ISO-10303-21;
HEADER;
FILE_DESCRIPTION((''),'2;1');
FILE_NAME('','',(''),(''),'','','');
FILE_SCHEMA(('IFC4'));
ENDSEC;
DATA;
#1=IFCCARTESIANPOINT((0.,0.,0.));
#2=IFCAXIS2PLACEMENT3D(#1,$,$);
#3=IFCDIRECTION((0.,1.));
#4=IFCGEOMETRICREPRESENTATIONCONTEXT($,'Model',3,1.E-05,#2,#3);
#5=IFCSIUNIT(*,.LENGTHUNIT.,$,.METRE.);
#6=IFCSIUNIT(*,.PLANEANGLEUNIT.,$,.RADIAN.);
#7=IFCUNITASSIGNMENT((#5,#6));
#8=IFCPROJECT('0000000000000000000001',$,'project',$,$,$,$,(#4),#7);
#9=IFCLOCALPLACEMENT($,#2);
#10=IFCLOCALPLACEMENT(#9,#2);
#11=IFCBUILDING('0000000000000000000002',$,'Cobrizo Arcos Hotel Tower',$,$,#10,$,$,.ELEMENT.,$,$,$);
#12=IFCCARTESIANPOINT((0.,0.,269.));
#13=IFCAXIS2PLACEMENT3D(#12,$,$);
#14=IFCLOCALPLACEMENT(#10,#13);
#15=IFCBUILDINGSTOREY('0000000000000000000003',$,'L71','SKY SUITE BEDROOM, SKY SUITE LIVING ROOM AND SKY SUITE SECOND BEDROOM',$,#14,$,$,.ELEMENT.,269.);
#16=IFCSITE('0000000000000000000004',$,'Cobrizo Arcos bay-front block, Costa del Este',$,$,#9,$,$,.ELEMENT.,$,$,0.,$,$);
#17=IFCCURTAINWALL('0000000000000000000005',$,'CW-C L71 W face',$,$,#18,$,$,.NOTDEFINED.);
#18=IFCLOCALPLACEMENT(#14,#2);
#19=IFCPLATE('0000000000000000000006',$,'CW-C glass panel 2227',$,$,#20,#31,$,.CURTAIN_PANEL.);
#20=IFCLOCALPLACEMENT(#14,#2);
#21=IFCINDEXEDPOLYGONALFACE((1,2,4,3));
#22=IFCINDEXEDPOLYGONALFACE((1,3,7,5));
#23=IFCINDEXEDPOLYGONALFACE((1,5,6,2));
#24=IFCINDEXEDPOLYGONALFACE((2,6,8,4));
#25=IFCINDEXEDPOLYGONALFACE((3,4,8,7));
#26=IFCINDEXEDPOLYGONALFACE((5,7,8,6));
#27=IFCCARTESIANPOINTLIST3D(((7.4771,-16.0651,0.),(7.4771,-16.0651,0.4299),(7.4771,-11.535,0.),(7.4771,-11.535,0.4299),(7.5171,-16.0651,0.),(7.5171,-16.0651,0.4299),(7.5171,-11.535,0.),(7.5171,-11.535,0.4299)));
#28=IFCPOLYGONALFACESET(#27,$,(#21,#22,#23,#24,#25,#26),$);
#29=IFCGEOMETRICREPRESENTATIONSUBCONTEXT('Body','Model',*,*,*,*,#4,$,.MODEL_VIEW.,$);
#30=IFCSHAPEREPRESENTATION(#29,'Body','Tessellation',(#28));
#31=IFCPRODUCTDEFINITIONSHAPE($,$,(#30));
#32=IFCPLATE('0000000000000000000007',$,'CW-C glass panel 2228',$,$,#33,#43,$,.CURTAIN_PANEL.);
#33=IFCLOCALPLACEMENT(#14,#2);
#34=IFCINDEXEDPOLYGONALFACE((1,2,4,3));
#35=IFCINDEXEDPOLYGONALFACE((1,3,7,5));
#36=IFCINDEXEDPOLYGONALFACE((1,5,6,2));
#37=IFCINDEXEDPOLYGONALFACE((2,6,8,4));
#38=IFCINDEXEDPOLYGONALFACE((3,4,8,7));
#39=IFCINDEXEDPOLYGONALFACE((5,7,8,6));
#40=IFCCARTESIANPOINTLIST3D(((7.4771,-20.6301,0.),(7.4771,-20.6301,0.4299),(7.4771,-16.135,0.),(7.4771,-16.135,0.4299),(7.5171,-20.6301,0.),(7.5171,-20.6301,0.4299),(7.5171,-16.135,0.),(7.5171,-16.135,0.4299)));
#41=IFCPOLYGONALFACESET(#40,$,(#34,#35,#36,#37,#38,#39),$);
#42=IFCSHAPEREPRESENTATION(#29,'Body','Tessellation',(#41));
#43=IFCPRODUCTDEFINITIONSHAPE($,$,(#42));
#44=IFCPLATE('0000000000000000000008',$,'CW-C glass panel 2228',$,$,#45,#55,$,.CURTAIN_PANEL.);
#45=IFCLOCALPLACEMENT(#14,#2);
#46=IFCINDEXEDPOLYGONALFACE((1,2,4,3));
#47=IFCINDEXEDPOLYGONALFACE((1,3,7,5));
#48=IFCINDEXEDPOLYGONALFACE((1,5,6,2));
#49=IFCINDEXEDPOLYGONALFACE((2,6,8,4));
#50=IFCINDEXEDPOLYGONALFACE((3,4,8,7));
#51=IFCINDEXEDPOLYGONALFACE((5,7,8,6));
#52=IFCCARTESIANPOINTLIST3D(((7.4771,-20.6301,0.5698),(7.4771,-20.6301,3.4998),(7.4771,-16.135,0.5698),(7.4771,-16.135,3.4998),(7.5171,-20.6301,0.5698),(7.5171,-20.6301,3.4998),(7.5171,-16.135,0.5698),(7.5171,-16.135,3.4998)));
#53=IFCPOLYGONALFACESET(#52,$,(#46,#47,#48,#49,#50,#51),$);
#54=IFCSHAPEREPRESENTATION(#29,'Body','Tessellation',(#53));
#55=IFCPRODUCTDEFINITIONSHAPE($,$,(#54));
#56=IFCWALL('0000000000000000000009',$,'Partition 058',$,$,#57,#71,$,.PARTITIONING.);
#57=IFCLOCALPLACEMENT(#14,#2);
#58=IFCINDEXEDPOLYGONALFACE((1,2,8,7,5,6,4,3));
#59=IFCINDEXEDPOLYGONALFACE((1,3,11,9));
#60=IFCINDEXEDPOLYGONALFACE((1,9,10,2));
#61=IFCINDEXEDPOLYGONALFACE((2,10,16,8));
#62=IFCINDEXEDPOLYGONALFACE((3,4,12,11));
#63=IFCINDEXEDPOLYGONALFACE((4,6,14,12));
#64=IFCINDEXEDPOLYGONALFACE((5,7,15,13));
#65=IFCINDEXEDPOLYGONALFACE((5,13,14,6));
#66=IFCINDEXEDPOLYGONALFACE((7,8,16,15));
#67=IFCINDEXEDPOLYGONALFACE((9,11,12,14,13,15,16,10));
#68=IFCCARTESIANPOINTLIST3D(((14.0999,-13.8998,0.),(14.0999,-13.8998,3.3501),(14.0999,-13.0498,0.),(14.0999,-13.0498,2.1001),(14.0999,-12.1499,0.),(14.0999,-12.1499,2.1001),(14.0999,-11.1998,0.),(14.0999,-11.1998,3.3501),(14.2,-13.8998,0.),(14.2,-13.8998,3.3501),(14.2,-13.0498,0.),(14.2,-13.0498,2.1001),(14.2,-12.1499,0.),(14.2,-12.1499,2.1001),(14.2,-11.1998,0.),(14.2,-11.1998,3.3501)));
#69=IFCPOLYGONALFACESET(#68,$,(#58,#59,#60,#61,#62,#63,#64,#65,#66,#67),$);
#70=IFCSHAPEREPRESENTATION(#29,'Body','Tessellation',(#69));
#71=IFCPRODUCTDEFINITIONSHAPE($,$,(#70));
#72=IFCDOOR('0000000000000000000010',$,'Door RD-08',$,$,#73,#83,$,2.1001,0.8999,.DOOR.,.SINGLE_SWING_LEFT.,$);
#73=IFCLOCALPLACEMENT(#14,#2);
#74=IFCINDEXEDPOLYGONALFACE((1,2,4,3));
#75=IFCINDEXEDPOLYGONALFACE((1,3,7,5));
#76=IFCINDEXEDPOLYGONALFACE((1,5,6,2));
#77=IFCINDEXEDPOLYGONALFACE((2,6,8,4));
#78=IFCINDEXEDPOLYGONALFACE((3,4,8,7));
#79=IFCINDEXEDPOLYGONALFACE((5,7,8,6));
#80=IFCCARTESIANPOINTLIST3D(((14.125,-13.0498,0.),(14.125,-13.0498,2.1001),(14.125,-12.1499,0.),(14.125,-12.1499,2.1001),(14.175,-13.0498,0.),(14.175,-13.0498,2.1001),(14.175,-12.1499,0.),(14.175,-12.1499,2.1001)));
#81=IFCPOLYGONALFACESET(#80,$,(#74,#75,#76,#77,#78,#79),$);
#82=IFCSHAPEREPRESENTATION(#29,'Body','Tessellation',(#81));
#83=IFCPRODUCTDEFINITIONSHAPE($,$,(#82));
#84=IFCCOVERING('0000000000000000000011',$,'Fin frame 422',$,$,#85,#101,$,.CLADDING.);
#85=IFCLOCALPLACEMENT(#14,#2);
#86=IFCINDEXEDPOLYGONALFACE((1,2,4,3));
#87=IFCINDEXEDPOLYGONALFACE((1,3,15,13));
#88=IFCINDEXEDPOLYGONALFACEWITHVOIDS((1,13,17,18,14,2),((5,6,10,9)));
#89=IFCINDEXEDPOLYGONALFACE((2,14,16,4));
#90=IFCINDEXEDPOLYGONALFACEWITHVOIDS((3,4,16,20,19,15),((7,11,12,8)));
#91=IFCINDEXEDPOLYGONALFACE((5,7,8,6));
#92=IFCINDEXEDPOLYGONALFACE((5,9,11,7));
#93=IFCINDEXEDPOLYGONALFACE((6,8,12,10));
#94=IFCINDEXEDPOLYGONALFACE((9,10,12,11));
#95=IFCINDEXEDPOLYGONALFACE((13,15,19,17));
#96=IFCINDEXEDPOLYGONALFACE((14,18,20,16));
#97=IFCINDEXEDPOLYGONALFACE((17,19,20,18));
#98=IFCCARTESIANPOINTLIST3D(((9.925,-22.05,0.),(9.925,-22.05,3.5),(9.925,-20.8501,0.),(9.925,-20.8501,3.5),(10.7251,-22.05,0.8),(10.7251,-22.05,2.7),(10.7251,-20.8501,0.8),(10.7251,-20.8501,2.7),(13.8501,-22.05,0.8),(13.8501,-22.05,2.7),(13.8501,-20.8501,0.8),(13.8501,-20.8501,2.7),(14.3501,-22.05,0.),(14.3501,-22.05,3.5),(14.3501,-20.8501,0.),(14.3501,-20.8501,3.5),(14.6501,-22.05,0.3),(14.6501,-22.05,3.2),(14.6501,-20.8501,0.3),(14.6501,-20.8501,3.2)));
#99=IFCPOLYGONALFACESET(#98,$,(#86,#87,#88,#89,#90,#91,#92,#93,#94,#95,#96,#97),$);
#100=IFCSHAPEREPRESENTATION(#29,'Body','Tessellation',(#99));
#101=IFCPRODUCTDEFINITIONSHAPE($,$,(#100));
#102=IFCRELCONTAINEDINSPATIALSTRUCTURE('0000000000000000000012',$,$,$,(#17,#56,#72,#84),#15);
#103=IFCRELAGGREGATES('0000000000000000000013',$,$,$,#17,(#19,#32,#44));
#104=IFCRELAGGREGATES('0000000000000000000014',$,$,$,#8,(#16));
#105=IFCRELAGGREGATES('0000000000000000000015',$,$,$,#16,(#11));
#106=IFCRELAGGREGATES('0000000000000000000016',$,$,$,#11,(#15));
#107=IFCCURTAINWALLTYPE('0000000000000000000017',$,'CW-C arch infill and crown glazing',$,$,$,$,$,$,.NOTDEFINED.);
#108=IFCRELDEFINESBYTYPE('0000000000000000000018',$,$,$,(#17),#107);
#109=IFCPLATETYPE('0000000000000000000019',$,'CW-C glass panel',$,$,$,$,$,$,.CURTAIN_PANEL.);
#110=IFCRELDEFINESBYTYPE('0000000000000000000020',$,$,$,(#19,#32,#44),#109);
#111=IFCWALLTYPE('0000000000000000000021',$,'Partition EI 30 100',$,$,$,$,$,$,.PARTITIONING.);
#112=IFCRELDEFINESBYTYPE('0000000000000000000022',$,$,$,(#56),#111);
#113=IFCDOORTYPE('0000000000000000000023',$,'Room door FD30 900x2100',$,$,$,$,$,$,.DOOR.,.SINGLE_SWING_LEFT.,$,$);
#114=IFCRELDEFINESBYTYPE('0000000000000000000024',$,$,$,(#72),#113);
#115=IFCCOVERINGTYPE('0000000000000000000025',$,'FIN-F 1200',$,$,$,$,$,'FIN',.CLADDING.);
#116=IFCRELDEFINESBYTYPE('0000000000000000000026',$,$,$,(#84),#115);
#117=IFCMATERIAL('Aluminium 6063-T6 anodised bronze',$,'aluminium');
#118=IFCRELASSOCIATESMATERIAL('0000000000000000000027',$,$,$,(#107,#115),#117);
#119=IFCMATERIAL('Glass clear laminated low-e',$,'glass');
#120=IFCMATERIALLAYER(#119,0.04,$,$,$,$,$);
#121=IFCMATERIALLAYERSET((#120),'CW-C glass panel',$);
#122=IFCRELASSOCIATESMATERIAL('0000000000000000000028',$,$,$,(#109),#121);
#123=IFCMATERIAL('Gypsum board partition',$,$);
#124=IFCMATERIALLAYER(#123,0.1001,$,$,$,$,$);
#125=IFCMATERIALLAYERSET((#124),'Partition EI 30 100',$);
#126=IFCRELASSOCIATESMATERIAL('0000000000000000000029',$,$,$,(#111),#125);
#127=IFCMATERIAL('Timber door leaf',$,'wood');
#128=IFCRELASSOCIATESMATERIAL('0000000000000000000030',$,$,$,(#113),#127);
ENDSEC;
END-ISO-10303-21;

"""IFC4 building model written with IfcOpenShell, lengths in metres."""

from ifc_helpers import new_model, si_unit, direction, frame, frame_2d, origin, origin_2d, place, context, subcontext, project, spatial, polyline, rectangle, outline, extrude, material, layer, layer_set, type_object, element, fill, aggregate, save


model = new_model("IFC4")

# Units and contexts
model_context = context("Model", 3, precision=1e-05, world=origin(), true_north=direction((0.0, 1.0)))
body_context = subcontext(model_context, "Body", "Model", "MODEL_VIEW")
ifc_project = project(units=[si_unit("LENGTHUNIT", "METRE"), si_unit("PLANEANGLEUNIT", "RADIAN")], contexts=[model_context])

# Site, building, storey
site_placement = place(None, origin())
site = spatial("IfcSite", under=ifc_project, at=site_placement, Name="Cobrizo Arcos bay-front block, Costa del Este", CompositionType="ELEMENT", RefElevation=0.0)
building_placement = place(site_placement, origin())
building = spatial("IfcBuilding", under=site, at=building_placement, Name="Cobrizo Arcos Hotel Tower", CompositionType="ELEMENT")
storey_placement = place(building_placement, frame((0.0, 0.0, 269.0)))
storey = spatial("IfcBuildingStorey", under=building, at=storey_placement, Name="L71", Description="SKY SUITE BEDROOM, SKY SUITE LIVING ROOM AND SKY SUITE SECOND BEDROOM", CompositionType="ELEMENT", Elevation=269.0)

# Curtain wall
ifc_material_1 = material(Name="Aluminium 6063-T6 anodised bronze", Category="aluminium")
curtain_wall_type_1 = type_object("IfcCurtainWallType", Name="CW-C arch infill and crown glazing", PredefinedType="NOTDEFINED", material=ifc_material_1)
curtain_wall_1_placement = place(storey_placement, origin())
curtain_wall_1 = element("IfcCurtainWall", 1, at=curtain_wall_1_placement, inside=storey, type_object=curtain_wall_type_1, Name="CW-C L71 W face", PredefinedType="NOTDEFINED")

# Plates
ifc_material_2 = material(Name="Glass clear laminated low-e", Category="glass")
ifc_layer_1 = layer(ifc_material_2, 0.04)
ifc_layer_set_1 = layer_set([ifc_layer_1], Name="CW-C glass panel")
plate_type_1 = type_object("IfcPlateType", Name="CW-C glass panel", PredefinedType="CURTAIN_PANEL", material=ifc_layer_set_1)
plate_1_placement = place(storey_placement, frame((7.4971, -13.8, 0.0), z_axis=(0.0, 0.0, 1.0), x_axis=(0.0, -1.0, 0.0)))
plate_1 = element("IfcPlate", 2, at=plate_1_placement, type_object=plate_type_1, Name="CW-C glass panel 2227", PredefinedType="CURTAIN_PANEL", context=body_context, shape_type="SweptSolid", body=[
    extrude(rectangle(XDim=4.53, YDim=0.04, at=origin_2d()), origin(), (0.0, 0.0, 1.0), 0.4299),
])
plate_2_placement = place(storey_placement, frame((7.4971, -18.3826, 0.0), z_axis=(0.0, 0.0, 1.0), x_axis=(0.0, -1.0, 0.0)))
plate_2 = element("IfcPlate", 3, at=plate_2_placement, type_object=plate_type_1, Name="CW-C glass panel 2228", PredefinedType="CURTAIN_PANEL", context=body_context, shape_type="SweptSolid", body=[
    extrude(rectangle(XDim=4.4951, YDim=0.04, at=origin_2d()), origin(), (0.0, 0.0, 1.0), 0.4299),
])
plate_3_placement = place(storey_placement, frame((7.4971, -18.3826, 0.5698), z_axis=(0.0, 0.0, 1.0), x_axis=(0.0, -1.0, 0.0)))
plate_3 = element("IfcPlate", 4, at=plate_3_placement, type_object=plate_type_1, Name="CW-C glass panel 2228", PredefinedType="CURTAIN_PANEL", context=body_context, shape_type="SweptSolid", body=[
    extrude(rectangle(XDim=4.4951, YDim=0.04, at=origin_2d()), origin(), (0.0, 0.0, 1.0), 2.9299),
])
aggregate(curtain_wall_1, [plate_1, plate_2, plate_3])

# Wall, opening, door
ifc_material_3 = material(Name="Gypsum board partition")
ifc_layer_2 = layer(ifc_material_3, 0.1001)
ifc_layer_set_2 = layer_set([ifc_layer_2], Name="Partition EI 30 100")
wall_type = type_object("IfcWallType", Name="Partition EI 30 100", PredefinedType="PARTITIONING", material=ifc_layer_set_2)
wall_placement = place(storey_placement, frame((14.1499, -13.8999, 0.0), z_axis=(0.0, 0.0, 1.0), x_axis=(0.0, 1.0, 0.0)))
wall = element("IfcWall", 5, at=wall_placement, inside=storey, type_object=wall_type, Name="Partition 058", PredefinedType="PARTITIONING", context=body_context, shape_type="SweptSolid", body=[
    extrude(rectangle(XDim=2.7, YDim=0.1001, at=frame_2d((1.3501, 0.0))), origin(), (0.0, 0.0, 1.0), 3.3501),
])
opening_placement = place(wall_placement, frame((0.8501, 0.0, 0.0)))
opening = element("IfcOpeningElement", 6, at=opening_placement, cuts=wall, PredefinedType="OPENING", context=body_context, shape_type="SweptSolid", body=[
    extrude(rectangle(XDim=0.8999, YDim=2.1001, at=frame_2d((0.45, 1.05))), frame((0.0, 0.062, 0.0), z_axis=(0.0, -1.0, 0.0), x_axis=(1.0, 0.0, 0.0)), (0.0, 0.0, 1.0), 0.124),
])
ifc_material_4 = material(Name="Timber door leaf", Category="wood")
door_type = type_object("IfcDoorType", Name="Room door FD30 900x2100", OperationType="SINGLE_SWING_LEFT", PredefinedType="DOOR", material=ifc_material_4)
door_placement = place(opening_placement, origin())
door = element("IfcDoor", 7, at=door_placement, inside=storey, type_object=door_type, Name="Door RD-08", OperationType="SINGLE_SWING_LEFT", OverallHeight=2.1001, OverallWidth=0.8999, PredefinedType="DOOR", context=body_context, shape_type="SweptSolid", body=[
    extrude(rectangle(XDim=0.8999, YDim=2.1001, at=frame_2d((0.45, 1.05))), frame((0.0, 0.0249, 0.0), z_axis=(0.0, -1.0, 0.0), x_axis=(1.0, 0.0, 0.0)), (0.0, 0.0, 1.0), 0.05),
])
fill(opening, door)

# Covering
covering_type = type_object("IfcCoveringType", Name="FIN-F 1200", ElementType="FIN", PredefinedType="CLADDING", material=ifc_material_1)
covering_placement = place(storey_placement, frame((9.925, -20.8501, 0.0), z_axis=(0.0, -1.0, 0.0), x_axis=(1.0, 0.0, 0.0)))
element("IfcCovering", 8, at=covering_placement, inside=storey, type_object=covering_type, Name="Fin frame 422", PredefinedType="CLADDING", context=body_context, shape_type="SweptSolid", body=[
    extrude(outline(polyline([(0.0, 3.5), (0.0, 0.0), (4.425, 0.0), (4.7251, 0.3), (4.7251, 3.2), (4.425, 3.5), (0.0, 3.5)]), holes=[polyline([(3.925, 0.8), (0.8, 0.8), (0.8, 2.7), (3.925, 2.7), (3.925, 0.8)])]), origin(), (0.0, 0.0, 1.0), 1.2),
])

save(model, "model.ifc")
